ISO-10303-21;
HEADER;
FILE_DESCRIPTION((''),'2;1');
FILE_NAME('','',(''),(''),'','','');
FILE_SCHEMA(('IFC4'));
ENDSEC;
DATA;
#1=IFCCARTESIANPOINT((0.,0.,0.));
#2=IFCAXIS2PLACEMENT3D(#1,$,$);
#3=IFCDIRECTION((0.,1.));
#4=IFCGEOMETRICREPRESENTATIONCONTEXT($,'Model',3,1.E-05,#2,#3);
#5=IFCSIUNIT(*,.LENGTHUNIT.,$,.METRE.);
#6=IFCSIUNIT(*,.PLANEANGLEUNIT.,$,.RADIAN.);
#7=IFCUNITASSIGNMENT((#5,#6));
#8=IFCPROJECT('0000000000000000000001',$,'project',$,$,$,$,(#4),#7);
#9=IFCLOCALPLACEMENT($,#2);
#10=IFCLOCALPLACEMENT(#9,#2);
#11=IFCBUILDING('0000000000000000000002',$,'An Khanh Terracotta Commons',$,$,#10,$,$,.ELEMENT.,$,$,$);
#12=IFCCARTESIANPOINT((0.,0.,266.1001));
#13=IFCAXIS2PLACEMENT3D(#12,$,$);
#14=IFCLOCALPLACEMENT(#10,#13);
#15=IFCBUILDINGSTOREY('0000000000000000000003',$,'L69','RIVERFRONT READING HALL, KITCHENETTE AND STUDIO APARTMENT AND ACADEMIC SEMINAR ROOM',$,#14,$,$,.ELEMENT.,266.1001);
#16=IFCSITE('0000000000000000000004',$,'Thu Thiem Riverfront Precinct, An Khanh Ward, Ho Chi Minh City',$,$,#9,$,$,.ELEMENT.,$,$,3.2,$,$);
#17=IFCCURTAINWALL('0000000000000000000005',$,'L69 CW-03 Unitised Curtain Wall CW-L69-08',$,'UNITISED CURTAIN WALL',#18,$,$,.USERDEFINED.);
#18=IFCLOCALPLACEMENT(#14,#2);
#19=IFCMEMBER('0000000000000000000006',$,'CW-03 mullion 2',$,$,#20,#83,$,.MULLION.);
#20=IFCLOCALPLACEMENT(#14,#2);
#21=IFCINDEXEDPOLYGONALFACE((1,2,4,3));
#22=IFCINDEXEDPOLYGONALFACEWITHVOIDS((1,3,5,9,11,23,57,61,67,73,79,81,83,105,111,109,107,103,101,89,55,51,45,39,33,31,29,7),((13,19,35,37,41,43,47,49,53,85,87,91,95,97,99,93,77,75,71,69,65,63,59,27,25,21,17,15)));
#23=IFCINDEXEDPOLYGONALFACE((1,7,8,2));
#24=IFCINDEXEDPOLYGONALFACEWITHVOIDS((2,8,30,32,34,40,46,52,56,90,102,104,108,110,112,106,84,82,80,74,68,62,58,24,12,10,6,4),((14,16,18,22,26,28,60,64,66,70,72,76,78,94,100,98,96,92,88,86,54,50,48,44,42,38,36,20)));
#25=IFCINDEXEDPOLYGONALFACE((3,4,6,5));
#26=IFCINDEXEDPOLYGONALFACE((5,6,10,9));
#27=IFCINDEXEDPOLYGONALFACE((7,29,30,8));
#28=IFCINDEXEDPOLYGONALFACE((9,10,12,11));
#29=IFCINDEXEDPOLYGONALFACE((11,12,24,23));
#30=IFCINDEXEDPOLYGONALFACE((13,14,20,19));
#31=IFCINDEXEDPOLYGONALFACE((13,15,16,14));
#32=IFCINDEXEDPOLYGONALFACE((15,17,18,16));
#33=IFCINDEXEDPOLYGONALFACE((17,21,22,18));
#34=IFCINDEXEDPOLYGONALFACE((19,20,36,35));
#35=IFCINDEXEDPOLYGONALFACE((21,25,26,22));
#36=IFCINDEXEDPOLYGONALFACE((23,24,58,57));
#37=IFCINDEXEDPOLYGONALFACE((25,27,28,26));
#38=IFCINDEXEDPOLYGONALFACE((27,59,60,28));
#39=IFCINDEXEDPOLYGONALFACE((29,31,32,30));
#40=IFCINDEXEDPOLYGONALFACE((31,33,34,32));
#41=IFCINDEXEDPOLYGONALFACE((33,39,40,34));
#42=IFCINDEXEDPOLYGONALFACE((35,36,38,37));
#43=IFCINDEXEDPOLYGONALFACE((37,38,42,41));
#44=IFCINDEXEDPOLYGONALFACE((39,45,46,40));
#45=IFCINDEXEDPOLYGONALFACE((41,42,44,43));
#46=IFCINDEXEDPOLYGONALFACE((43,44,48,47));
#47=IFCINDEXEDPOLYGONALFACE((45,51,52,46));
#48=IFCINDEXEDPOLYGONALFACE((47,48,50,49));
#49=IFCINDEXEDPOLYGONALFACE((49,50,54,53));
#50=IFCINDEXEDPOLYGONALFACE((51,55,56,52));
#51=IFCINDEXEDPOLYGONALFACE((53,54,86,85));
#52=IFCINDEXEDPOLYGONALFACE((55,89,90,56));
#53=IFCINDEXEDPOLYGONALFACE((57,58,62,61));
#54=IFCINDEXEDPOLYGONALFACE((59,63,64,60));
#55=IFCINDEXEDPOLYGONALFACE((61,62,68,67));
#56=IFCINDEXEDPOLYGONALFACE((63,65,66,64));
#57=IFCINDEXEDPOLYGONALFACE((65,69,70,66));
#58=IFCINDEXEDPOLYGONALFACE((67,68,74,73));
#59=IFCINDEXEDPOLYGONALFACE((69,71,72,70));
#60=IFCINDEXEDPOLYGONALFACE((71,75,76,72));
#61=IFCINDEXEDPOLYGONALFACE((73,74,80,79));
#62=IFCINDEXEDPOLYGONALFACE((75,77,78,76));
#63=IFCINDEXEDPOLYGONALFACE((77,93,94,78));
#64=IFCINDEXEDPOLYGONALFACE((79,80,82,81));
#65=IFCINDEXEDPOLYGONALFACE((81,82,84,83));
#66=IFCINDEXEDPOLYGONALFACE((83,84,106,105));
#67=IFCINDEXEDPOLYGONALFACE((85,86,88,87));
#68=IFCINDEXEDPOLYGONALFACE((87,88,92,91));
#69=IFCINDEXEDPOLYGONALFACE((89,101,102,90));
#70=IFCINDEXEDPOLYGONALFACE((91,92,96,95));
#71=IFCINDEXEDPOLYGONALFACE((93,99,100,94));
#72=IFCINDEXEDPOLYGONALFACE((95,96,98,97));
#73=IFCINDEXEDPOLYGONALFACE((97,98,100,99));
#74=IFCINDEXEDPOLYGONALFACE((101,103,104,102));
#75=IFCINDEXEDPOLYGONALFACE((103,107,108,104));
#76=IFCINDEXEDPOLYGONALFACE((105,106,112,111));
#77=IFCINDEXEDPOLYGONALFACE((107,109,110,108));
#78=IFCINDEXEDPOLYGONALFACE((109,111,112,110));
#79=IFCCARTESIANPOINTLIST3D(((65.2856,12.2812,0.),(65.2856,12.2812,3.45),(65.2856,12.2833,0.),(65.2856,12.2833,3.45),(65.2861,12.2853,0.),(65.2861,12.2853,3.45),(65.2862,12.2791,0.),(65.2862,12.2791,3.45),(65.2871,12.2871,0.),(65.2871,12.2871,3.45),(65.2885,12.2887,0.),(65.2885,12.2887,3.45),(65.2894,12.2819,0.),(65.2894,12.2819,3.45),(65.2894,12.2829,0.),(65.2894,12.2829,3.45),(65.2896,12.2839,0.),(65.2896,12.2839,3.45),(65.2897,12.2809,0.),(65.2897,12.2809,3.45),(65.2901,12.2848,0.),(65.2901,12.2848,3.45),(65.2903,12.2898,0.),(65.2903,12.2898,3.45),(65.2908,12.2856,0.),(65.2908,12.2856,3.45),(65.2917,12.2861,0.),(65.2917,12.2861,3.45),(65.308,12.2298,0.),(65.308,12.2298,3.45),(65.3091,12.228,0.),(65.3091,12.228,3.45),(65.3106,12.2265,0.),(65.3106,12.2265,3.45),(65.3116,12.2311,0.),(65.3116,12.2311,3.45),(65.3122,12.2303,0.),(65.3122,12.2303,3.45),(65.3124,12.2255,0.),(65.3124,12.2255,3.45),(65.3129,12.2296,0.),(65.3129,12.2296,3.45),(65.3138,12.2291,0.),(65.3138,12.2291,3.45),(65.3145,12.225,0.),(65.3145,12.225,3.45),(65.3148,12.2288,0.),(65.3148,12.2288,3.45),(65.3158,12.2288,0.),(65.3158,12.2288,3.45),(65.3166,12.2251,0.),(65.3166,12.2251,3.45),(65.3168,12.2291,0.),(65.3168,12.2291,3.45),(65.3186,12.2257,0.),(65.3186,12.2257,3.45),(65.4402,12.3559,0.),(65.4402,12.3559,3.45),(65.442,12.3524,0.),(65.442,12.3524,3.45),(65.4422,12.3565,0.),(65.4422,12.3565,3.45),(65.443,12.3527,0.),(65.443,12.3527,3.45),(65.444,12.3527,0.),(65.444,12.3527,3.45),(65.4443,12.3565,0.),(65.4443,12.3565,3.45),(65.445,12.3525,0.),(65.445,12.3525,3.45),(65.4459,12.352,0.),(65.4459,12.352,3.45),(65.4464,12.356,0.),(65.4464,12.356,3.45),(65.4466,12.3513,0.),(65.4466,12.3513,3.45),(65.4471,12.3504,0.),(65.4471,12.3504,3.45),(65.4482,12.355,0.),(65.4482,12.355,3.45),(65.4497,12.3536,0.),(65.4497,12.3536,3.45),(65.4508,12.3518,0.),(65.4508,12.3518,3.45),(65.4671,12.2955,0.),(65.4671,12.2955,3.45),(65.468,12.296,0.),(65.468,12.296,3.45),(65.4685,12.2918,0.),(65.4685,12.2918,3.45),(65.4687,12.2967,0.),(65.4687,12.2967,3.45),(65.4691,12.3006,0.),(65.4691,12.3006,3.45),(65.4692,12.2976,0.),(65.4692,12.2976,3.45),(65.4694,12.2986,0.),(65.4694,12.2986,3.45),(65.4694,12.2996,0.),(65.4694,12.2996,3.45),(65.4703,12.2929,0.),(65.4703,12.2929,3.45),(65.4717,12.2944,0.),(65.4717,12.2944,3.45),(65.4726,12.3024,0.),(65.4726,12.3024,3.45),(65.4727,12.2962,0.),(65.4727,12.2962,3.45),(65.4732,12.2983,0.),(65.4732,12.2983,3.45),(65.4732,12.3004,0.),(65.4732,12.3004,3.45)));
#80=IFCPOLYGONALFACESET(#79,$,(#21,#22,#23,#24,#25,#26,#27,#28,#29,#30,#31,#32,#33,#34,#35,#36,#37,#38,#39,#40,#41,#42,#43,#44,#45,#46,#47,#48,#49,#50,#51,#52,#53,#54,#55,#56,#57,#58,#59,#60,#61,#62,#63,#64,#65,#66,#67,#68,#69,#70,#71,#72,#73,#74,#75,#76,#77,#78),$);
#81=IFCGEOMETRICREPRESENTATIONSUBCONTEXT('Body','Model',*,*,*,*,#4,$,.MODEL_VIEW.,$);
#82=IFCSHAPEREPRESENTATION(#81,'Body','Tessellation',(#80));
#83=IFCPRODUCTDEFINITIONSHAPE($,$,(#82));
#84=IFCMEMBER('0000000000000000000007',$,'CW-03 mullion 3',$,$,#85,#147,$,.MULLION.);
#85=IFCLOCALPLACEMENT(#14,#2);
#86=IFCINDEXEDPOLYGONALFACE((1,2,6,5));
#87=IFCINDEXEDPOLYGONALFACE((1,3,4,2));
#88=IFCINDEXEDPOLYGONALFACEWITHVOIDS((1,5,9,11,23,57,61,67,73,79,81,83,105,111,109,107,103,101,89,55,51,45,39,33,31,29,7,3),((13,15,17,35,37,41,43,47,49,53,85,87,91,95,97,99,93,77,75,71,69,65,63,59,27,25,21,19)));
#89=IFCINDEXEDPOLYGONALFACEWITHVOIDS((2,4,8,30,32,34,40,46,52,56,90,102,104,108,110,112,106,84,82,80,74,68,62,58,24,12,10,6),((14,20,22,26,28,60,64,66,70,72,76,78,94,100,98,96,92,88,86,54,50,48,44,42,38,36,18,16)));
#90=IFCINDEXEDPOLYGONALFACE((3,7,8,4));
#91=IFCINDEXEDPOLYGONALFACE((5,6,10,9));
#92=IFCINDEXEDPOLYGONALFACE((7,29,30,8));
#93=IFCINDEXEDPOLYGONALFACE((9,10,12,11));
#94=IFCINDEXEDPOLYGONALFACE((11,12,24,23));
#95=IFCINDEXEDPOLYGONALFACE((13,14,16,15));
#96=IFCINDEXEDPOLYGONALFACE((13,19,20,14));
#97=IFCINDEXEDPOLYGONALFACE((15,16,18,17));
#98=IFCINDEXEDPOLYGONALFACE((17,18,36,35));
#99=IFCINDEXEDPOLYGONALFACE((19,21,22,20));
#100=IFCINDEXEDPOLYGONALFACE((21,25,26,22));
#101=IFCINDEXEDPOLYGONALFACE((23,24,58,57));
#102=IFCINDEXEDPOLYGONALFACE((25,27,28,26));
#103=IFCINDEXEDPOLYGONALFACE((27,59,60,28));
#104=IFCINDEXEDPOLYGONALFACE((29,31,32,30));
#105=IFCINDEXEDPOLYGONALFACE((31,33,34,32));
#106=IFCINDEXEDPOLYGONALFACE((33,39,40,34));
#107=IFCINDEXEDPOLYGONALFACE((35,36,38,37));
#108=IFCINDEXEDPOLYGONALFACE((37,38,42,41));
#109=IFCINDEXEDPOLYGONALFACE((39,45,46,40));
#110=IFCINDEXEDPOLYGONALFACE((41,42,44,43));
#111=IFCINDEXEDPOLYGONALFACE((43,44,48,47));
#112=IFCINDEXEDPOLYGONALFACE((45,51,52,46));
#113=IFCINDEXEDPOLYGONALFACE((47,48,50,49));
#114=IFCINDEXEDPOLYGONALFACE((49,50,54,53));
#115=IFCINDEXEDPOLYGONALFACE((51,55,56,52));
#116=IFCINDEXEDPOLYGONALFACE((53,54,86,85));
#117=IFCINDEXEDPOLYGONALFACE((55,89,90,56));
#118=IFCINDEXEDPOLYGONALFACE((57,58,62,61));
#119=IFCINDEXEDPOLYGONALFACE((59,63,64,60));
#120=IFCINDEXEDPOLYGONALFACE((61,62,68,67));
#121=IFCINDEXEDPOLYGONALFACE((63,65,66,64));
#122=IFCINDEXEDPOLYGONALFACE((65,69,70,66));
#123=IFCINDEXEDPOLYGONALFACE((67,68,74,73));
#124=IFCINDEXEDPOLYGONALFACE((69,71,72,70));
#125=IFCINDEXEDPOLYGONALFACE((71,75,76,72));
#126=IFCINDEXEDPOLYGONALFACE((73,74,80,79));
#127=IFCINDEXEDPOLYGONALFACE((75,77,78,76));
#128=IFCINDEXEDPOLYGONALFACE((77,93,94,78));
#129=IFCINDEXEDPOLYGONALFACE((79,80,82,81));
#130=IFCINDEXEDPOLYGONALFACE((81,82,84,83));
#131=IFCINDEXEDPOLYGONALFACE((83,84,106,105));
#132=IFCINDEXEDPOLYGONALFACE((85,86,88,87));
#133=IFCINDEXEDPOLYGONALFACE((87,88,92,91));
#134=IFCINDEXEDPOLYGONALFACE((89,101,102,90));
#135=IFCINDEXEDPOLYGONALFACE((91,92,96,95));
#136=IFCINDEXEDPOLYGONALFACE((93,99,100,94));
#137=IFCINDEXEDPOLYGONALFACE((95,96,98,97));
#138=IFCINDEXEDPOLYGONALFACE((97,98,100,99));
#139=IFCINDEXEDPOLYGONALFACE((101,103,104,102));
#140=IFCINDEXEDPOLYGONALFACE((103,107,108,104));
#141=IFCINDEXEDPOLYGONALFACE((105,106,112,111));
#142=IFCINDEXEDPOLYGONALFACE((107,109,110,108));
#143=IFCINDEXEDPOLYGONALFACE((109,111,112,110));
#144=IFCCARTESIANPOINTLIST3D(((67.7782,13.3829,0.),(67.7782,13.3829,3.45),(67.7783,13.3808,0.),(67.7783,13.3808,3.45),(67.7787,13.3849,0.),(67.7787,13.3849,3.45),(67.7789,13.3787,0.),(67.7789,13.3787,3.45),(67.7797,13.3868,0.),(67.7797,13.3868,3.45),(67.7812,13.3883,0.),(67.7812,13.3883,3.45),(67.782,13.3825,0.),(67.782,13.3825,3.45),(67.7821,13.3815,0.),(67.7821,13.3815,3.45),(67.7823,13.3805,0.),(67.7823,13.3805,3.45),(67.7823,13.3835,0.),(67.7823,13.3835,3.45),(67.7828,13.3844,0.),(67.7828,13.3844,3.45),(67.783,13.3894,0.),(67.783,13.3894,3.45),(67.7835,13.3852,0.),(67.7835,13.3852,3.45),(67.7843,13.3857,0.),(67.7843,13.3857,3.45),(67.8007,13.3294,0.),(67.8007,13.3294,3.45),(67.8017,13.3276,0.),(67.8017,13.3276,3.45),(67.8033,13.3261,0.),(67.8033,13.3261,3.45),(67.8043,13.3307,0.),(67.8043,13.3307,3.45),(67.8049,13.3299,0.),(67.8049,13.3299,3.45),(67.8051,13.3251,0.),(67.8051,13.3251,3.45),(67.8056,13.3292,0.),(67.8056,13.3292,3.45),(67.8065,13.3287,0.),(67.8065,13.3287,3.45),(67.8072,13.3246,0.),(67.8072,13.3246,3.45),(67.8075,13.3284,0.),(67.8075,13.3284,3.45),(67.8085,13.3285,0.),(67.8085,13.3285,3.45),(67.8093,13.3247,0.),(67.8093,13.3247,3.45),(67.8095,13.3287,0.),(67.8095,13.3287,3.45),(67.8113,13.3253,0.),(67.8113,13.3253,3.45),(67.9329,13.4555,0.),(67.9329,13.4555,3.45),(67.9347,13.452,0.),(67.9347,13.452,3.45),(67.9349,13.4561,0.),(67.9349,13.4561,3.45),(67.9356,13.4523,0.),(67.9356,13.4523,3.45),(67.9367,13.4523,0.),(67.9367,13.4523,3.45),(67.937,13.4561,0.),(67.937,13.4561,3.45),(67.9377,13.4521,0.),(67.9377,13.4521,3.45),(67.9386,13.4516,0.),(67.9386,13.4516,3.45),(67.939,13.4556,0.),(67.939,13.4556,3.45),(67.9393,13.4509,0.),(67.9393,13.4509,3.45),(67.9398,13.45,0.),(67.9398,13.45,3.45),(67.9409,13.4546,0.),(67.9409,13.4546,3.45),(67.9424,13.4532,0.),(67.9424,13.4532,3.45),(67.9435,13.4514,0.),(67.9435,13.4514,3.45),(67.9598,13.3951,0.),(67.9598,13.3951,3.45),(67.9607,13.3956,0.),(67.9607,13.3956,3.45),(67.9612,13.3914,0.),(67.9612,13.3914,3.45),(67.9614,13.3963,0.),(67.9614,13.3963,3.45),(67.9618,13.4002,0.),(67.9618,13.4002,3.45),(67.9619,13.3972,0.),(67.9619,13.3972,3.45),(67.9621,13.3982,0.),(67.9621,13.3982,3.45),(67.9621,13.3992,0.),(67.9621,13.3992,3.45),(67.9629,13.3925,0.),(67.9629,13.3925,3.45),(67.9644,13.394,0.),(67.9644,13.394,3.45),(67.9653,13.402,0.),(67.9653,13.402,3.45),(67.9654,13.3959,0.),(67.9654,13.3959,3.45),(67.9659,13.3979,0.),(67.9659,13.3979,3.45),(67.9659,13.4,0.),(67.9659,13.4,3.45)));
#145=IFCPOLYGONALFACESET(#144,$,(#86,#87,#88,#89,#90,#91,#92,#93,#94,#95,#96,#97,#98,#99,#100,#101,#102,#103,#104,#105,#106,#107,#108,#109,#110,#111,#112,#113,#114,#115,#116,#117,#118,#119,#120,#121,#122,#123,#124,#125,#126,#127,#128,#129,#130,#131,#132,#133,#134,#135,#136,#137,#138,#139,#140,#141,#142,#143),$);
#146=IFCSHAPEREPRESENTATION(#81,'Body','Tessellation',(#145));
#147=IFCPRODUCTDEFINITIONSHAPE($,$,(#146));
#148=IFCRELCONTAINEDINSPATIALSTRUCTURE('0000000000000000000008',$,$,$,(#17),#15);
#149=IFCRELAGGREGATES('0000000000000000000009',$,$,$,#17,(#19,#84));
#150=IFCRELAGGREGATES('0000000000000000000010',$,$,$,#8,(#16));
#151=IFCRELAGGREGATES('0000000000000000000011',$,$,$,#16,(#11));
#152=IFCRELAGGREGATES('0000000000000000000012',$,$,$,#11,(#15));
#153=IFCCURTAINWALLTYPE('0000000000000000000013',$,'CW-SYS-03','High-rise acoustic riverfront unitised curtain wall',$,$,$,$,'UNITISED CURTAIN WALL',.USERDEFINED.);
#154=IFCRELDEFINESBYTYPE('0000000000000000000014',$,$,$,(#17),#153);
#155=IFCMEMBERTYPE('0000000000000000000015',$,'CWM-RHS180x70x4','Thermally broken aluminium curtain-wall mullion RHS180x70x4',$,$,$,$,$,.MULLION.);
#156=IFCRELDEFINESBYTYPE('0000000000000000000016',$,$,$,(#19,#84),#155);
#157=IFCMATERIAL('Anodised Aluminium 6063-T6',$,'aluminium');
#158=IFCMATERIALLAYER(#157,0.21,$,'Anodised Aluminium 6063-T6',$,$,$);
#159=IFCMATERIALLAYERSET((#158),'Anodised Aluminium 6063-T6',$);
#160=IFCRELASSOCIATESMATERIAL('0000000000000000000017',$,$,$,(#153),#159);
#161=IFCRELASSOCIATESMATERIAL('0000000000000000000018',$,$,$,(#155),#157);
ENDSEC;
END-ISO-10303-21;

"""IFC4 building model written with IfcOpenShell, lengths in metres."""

from ifc_helpers import new_model, si_unit, direction, frame, origin, origin_2d, place, context, subcontext, project, spatial, hollow_rectangle, extrude, material, layer, layer_set, material_profile, profile_set, type_object, element, aggregate, save


model = new_model("IFC4")

# Units and contexts
model_context = context("Model", 3, precision=1e-05, world=origin(), true_north=direction((0.0, 1.0)))
body_context = subcontext(model_context, "Body", "Model", "MODEL_VIEW")
ifc_project = project(units=[si_unit("LENGTHUNIT", "METRE"), si_unit("PLANEANGLEUNIT", "RADIAN")], contexts=[model_context])

# Site, building, storey
site_placement = place(None, origin())
site = spatial("IfcSite", under=ifc_project, at=site_placement, Name="Thu Thiem Riverfront Precinct, An Khanh Ward, Ho Chi Minh City", CompositionType="ELEMENT", RefElevation=3.2)
building_placement = place(site_placement, origin())
building = spatial("IfcBuilding", under=site, at=building_placement, Name="An Khanh Terracotta Commons", CompositionType="ELEMENT")
storey_placement = place(building_placement, frame((0.0, 0.0, 266.1001)))
storey = spatial("IfcBuildingStorey", under=building, at=storey_placement, Name="L69", Description="RIVERFRONT READING HALL, KITCHENETTE AND STUDIO APARTMENT AND ACADEMIC SEMINAR ROOM", CompositionType="ELEMENT", Elevation=266.1001)

# Curtain wall, members
ifc_material_1 = material(Name="Anodised Aluminium 6063-T6", Category="aluminium")
ifc_layer_1 = layer(ifc_material_1, 0.21, Name="Anodised Aluminium 6063-T6")
ifc_layer_set_1 = layer_set([ifc_layer_1], Name="Anodised Aluminium 6063-T6")
curtain_wall_type = type_object("IfcCurtainWallType", Name="CW-SYS-03", Description="High-rise acoustic riverfront unitised curtain wall", ElementType="UNITISED CURTAIN WALL", PredefinedType="USERDEFINED", material=ifc_layer_set_1)
curtain_wall_placement = place(storey_placement, origin())
curtain_wall = element("IfcCurtainWall", 1, at=curtain_wall_placement, inside=storey, type_object=curtain_wall_type, Name="L69 CW-03 Unitised Curtain Wall CW-L69-08", ObjectType="UNITISED CURTAIN WALL", PredefinedType="USERDEFINED")
ifc_material_profile_1 = material_profile(ifc_material_1, hollow_rectangle(XDim=0.0701, YDim=0.1799, WallThickness=0.0039, InnerFilletRadius=0.0039, OuterFilletRadius=0.0081, at=origin_2d()), Name="RHS180x70x4")
ifc_profile_set_1 = profile_set([ifc_material_profile_1], Name="Anodised Aluminium 6063-T6")
member_type_1 = type_object("IfcMemberType", Name="CWM-RHS180x70x4", Description="Thermally broken aluminium curtain-wall mullion RHS180x70x4", PredefinedType="MULLION", material=ifc_profile_set_1)
member_1_placement = place(storey_placement, frame((65.3794, 12.2908, 0.0), z_axis=(0.0, 0.0, 1.0), x_axis=(-0.403676, 0.914902, 0.0)))
member_1 = element("IfcMember", 2, at=member_1_placement, type_object=member_type_1, Name="CW-03 mullion 2", PredefinedType="MULLION", context=body_context, shape_type="SweptSolid", body=[
    extrude(hollow_rectangle(XDim=0.0701, YDim=0.1799, WallThickness=0.0039, InnerFilletRadius=0.0039, OuterFilletRadius=0.0081, at=origin_2d()), origin(), (0.0, 0.0, 1.0), 3.45),
])
member_2_placement = place(storey_placement, frame((67.8721, 13.3904, 0.0), z_axis=(0.0, 0.0, 1.0), x_axis=(-0.403676, 0.914902, 0.0)))
member_2 = element("IfcMember", 3, at=member_2_placement, type_object=member_type_1, Name="CW-03 mullion 3", PredefinedType="MULLION", context=body_context, shape_type="SweptSolid", body=[
    extrude(hollow_rectangle(XDim=0.0701, YDim=0.1799, WallThickness=0.0039, InnerFilletRadius=0.0039, OuterFilletRadius=0.0081, at=origin_2d()), origin(), (0.0, 0.0, 1.0), 3.45),
])
aggregate(curtain_wall, [member_1, member_2])

save(model, "model.ifc")
